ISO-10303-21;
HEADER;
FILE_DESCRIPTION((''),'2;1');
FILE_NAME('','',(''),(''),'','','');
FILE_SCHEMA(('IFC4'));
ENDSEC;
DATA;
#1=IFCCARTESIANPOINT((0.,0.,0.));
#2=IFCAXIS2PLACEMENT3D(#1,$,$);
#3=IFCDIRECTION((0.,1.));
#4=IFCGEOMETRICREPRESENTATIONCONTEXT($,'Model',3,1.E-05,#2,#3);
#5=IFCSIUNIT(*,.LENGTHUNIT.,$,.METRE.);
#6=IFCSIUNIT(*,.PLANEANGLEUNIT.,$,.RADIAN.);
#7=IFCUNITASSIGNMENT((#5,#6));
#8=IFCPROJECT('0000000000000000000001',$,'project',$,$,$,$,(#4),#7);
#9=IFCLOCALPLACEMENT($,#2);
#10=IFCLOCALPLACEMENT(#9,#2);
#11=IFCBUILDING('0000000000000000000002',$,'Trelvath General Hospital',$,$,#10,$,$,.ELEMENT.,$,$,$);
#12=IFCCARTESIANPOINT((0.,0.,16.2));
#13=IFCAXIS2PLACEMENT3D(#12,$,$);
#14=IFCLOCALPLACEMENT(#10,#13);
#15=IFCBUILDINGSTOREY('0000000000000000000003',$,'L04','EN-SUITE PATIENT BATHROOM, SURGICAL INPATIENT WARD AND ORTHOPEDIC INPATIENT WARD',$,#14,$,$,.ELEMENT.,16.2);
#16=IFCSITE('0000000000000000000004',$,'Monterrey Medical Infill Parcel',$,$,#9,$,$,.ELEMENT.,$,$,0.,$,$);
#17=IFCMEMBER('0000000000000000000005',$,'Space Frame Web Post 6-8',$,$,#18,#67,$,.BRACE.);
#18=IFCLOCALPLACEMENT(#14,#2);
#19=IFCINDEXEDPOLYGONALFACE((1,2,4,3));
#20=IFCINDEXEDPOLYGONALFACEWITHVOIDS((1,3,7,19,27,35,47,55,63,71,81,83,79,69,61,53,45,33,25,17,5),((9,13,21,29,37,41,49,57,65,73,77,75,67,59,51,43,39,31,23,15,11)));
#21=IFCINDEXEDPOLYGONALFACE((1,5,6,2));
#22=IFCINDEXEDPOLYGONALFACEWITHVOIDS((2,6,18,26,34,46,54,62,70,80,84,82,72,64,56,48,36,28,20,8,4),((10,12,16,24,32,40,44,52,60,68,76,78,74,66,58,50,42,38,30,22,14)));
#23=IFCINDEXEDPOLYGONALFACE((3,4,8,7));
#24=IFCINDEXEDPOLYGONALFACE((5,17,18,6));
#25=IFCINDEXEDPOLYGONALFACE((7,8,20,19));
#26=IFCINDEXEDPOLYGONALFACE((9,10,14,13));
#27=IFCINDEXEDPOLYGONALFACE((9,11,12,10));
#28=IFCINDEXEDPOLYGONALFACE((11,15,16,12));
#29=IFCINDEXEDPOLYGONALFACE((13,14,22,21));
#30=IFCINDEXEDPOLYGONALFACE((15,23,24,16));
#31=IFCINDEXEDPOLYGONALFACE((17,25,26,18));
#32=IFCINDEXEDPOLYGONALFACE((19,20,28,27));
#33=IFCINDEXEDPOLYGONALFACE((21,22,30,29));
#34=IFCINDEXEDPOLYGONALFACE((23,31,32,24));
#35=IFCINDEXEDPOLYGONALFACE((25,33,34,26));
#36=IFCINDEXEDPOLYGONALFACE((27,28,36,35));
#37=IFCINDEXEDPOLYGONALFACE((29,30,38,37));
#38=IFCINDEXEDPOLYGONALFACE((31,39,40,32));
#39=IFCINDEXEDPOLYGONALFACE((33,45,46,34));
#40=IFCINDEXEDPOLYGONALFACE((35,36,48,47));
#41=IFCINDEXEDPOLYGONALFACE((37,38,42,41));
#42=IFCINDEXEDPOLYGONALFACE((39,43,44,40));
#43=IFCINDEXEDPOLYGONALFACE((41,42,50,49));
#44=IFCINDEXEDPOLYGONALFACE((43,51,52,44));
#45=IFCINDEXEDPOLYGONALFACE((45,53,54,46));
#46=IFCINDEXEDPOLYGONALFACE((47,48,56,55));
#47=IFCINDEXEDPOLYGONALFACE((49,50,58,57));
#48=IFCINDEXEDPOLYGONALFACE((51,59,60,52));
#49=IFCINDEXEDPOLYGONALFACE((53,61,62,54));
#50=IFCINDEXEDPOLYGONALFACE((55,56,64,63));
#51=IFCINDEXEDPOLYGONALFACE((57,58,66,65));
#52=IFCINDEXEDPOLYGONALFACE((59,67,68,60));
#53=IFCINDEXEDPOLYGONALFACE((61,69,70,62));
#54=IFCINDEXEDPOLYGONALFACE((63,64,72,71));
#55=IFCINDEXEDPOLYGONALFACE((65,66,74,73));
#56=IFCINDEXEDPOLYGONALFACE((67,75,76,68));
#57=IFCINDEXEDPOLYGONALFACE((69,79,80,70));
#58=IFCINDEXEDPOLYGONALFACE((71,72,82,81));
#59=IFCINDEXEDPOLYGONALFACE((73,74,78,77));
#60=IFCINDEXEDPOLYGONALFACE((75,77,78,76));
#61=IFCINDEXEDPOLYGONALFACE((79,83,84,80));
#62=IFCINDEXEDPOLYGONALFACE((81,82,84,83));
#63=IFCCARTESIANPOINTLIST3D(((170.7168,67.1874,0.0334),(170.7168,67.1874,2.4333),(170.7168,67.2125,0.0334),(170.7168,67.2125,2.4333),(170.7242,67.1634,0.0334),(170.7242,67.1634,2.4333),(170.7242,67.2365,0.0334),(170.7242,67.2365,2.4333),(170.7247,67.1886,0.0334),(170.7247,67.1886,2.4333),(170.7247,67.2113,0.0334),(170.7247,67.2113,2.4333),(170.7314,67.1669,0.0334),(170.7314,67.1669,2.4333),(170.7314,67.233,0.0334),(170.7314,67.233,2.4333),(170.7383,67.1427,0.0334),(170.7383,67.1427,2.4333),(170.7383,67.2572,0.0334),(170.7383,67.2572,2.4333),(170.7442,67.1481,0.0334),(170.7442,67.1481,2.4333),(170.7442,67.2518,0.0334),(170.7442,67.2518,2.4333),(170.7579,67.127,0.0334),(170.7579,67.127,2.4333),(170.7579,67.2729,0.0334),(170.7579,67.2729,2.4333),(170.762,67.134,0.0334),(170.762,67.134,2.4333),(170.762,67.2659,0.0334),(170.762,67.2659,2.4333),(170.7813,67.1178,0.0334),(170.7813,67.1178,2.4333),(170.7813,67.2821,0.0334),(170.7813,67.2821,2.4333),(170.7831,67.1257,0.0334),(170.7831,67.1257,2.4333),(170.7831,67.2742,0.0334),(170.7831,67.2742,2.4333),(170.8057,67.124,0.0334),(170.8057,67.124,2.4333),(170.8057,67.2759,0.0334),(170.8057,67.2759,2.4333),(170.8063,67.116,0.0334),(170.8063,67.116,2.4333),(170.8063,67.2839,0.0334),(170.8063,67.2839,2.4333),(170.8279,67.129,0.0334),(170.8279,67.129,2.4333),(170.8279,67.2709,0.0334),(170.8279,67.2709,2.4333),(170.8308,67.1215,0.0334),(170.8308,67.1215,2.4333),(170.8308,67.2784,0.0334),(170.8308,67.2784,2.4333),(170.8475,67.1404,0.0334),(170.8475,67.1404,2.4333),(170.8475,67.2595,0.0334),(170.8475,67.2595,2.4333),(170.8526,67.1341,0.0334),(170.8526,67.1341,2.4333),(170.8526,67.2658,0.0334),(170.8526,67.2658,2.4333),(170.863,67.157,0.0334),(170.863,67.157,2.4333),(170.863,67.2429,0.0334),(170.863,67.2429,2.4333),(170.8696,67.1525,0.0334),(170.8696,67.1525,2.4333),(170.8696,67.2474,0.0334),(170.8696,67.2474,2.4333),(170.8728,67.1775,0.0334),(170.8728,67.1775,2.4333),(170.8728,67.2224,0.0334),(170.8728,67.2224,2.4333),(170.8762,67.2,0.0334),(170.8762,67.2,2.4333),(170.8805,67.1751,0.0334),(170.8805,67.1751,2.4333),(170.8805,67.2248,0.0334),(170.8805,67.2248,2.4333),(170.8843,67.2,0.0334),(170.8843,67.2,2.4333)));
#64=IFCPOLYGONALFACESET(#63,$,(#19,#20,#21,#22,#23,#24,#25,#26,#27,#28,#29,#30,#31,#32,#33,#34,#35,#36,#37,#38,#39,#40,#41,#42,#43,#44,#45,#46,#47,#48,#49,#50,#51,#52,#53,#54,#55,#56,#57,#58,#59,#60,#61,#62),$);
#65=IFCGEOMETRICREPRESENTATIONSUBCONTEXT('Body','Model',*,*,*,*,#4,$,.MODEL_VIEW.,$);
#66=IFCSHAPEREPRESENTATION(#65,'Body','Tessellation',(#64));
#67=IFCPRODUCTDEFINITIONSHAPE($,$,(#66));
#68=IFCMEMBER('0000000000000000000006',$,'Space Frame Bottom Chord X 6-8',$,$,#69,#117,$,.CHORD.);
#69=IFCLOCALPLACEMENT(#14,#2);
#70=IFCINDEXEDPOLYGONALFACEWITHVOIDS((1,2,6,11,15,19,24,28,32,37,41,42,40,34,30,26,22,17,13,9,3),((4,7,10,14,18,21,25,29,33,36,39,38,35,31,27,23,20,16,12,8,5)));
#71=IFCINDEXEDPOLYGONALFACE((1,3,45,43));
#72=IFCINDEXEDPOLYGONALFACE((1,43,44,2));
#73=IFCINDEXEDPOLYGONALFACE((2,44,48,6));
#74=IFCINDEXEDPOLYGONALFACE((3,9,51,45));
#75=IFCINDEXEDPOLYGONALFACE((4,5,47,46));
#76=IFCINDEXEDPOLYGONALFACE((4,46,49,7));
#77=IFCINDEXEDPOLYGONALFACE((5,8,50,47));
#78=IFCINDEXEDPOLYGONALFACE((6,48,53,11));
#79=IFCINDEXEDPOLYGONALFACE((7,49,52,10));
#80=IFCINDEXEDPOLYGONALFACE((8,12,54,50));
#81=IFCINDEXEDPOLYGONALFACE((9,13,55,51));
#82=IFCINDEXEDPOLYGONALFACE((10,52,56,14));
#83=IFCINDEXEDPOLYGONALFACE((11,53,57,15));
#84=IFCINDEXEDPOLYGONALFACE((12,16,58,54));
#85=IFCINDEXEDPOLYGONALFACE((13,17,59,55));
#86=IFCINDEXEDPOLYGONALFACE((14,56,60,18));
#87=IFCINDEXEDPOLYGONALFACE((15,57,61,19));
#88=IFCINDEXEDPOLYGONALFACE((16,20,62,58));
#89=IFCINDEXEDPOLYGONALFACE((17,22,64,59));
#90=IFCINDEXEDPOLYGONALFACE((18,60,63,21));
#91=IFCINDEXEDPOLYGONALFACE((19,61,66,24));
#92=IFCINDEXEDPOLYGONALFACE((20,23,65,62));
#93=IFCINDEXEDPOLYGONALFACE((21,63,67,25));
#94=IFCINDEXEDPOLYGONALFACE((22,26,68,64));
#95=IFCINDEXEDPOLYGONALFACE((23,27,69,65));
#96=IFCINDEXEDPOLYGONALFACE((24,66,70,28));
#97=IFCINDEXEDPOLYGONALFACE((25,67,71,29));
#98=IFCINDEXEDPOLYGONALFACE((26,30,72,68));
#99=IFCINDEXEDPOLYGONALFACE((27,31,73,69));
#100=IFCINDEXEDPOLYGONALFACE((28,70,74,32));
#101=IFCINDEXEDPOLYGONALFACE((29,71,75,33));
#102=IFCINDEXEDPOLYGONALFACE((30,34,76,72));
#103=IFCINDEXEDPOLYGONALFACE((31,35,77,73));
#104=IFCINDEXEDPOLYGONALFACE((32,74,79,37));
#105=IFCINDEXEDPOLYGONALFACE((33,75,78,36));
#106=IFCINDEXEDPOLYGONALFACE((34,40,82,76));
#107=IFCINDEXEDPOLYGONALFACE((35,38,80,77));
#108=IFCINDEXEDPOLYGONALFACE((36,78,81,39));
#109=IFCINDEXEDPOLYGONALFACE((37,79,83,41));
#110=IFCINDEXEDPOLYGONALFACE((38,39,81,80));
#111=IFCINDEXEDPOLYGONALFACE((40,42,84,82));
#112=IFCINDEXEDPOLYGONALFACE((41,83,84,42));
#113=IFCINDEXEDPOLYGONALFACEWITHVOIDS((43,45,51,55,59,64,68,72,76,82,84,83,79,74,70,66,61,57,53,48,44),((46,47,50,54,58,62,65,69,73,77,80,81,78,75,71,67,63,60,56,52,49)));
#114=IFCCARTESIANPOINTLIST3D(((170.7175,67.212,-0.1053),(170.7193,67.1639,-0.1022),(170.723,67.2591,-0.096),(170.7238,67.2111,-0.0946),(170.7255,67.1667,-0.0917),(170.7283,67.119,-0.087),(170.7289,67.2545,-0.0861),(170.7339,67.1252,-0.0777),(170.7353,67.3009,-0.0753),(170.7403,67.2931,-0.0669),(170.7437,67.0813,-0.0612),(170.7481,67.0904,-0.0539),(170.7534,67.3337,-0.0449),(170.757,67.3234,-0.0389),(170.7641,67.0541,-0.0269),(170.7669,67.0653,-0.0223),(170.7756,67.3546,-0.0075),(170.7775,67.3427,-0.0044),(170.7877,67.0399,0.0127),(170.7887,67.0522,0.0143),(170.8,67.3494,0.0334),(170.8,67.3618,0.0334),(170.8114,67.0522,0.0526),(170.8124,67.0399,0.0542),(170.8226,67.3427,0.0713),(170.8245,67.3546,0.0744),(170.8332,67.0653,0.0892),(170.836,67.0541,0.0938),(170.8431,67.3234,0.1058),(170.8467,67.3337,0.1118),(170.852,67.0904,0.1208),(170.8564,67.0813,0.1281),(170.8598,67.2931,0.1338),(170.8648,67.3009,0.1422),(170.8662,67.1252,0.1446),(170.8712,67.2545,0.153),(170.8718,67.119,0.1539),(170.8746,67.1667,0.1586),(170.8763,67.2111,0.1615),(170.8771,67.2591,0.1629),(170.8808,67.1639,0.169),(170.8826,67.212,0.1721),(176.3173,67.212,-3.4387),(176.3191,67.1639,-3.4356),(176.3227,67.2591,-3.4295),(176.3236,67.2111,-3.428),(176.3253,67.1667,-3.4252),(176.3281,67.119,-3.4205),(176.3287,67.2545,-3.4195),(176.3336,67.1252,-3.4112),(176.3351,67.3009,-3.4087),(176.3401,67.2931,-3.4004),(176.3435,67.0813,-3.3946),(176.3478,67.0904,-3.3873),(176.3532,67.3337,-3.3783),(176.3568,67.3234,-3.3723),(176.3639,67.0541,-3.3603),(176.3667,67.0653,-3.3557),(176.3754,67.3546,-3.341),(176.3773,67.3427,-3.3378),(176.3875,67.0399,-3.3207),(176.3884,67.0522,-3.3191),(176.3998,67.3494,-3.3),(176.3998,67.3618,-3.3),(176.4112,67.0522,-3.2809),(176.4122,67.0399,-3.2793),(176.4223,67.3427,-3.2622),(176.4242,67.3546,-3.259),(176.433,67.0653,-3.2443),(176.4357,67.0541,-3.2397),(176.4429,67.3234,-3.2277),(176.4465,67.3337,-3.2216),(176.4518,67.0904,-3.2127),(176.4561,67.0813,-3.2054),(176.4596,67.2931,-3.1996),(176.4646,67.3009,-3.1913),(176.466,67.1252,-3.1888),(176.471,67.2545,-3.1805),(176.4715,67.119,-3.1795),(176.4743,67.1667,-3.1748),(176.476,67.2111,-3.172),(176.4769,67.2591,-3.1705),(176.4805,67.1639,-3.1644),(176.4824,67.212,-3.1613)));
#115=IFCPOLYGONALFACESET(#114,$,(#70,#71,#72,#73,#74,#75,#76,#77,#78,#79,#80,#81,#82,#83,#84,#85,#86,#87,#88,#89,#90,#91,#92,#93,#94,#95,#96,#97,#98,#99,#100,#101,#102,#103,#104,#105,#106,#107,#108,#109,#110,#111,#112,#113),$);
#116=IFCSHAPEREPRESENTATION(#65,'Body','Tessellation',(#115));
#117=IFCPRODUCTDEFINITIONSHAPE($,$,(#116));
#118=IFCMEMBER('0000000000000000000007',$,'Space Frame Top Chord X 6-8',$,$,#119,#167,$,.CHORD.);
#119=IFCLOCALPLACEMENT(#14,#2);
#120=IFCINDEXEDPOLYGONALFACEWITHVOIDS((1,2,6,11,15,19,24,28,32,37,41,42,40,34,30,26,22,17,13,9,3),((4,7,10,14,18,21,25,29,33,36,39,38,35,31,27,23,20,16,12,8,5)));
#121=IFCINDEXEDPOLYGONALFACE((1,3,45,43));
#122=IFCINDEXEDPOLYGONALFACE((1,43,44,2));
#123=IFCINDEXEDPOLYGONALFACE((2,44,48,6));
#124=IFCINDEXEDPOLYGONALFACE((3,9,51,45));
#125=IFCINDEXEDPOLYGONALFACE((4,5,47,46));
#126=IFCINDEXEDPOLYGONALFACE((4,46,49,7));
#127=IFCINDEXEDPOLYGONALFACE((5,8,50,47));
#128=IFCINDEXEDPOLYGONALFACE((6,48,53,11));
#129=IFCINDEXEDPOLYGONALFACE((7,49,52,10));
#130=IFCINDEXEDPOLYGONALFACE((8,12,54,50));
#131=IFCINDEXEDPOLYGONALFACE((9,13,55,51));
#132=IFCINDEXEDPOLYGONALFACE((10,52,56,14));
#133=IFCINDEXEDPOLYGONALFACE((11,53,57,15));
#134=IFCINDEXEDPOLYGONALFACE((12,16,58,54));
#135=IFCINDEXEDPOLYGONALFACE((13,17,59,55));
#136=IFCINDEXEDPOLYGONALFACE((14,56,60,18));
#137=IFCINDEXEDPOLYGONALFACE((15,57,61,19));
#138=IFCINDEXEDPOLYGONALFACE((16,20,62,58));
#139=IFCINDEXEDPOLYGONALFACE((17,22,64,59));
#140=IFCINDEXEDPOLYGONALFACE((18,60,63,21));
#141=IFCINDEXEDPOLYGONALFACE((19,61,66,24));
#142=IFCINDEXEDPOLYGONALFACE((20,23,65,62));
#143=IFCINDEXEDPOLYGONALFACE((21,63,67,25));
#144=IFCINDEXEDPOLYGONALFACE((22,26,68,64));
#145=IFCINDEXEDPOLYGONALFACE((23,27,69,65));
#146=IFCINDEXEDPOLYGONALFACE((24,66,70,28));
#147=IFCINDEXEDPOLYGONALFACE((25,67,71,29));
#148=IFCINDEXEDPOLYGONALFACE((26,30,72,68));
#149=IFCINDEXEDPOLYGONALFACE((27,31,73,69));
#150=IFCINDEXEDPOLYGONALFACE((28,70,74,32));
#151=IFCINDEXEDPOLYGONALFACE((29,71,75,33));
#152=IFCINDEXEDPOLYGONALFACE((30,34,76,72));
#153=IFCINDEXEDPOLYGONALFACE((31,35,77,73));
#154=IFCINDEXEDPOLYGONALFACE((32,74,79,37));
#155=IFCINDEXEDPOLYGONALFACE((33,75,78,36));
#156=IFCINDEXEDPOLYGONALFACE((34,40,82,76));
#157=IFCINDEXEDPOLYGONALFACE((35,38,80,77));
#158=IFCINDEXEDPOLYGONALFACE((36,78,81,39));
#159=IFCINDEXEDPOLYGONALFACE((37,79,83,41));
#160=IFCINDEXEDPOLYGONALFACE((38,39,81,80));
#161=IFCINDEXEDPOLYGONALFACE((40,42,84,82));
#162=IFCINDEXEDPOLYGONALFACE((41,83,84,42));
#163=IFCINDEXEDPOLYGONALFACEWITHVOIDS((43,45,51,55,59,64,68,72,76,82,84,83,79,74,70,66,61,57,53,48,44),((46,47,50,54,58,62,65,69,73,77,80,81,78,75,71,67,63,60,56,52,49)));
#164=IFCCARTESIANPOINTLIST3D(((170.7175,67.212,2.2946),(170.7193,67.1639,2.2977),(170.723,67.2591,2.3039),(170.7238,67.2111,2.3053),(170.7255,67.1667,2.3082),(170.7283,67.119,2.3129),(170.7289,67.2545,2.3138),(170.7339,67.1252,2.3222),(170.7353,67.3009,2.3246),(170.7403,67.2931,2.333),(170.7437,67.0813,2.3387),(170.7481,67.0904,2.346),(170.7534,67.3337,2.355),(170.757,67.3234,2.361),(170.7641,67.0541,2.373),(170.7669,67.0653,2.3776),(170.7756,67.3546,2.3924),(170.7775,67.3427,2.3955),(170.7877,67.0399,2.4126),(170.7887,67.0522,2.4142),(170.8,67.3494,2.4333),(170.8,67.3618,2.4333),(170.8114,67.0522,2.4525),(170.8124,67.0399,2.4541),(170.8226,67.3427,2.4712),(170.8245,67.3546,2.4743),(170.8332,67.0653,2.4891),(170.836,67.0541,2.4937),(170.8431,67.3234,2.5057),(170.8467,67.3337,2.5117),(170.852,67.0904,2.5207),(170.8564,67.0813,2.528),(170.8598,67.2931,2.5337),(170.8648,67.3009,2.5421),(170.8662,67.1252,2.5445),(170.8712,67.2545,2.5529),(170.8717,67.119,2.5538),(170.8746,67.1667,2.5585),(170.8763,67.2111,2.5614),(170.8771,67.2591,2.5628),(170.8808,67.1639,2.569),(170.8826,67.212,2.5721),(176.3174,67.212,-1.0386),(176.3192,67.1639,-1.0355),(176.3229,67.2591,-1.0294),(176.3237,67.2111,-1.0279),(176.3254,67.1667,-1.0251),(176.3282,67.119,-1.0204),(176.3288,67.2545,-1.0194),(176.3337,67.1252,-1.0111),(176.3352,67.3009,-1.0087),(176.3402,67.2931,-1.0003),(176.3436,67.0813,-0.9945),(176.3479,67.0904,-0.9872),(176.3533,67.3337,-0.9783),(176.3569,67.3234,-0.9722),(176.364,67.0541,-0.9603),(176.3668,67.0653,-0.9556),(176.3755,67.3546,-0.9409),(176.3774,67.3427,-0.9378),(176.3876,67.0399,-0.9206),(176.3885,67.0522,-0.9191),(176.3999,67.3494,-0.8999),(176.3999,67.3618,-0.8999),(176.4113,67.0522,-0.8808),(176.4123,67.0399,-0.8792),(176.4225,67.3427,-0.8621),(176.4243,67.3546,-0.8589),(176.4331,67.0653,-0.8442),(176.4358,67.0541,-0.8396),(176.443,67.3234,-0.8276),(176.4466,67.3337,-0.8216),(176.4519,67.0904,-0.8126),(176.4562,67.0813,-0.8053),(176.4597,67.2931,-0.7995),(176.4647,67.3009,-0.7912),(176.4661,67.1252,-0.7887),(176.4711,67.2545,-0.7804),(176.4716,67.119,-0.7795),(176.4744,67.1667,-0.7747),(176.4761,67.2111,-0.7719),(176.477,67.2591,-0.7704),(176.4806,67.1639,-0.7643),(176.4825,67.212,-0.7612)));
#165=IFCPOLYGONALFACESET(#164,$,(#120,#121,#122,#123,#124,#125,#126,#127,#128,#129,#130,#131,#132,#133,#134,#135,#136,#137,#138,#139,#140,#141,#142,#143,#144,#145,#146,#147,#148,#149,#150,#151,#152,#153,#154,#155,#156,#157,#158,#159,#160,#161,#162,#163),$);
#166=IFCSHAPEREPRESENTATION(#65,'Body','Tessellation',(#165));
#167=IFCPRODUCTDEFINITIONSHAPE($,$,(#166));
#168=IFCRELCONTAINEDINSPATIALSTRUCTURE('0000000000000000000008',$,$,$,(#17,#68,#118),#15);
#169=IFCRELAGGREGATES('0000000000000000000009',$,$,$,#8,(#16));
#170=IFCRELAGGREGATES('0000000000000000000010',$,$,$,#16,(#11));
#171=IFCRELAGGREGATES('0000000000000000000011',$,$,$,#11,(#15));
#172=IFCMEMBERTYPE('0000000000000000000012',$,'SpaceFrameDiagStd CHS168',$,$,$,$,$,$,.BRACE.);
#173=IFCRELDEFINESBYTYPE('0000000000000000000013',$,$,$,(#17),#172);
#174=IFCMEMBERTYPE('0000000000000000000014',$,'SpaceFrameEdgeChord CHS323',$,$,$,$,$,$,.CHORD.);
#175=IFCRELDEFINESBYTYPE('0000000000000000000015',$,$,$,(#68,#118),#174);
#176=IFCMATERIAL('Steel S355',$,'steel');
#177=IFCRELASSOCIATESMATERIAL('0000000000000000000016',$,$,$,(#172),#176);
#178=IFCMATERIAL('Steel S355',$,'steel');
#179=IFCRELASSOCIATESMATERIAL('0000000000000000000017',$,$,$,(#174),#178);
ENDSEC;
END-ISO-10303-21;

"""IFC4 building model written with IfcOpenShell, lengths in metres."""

from ifc_helpers import new_model, si_unit, direction, frame, origin, origin_2d, place, context, subcontext, project, spatial, hollow_circle, extrude, material, material_profile, profile_set, type_object, element, save


model = new_model("IFC4")

# Units and contexts
model_context = context("Model", 3, precision=1e-05, world=origin(), true_north=direction((0.0, 1.0)))
body_context = subcontext(model_context, "Body", "Model", "MODEL_VIEW")
ifc_project = project(units=[si_unit("LENGTHUNIT", "METRE"), si_unit("PLANEANGLEUNIT", "RADIAN")], contexts=[model_context])

# Site, building, storey
site_placement = place(None, origin())
site = spatial("IfcSite", under=ifc_project, at=site_placement, Name="Monterrey Medical Infill Parcel", CompositionType="ELEMENT", RefElevation=0.0)
building_placement = place(site_placement, origin())
building = spatial("IfcBuilding", under=site, at=building_placement, Name="Trelvath General Hospital", CompositionType="ELEMENT")
storey_placement = place(building_placement, frame((0.0, 0.0, 16.2)))
storey = spatial("IfcBuildingStorey", under=building, at=storey_placement, Name="L04", Description="EN-SUITE PATIENT BATHROOM, SURGICAL INPATIENT WARD AND ORTHOPEDIC INPATIENT WARD", CompositionType="ELEMENT", Elevation=16.2)

# Members
ifc_material_1 = material(Name="Steel S355", Category="steel")
ifc_material_profile_1 = material_profile(ifc_material_1, hollow_circle(Radius=0.0842, WallThickness=0.0081, at=origin_2d()), Name="CHS168.3x8.0")
ifc_profile_set_1 = profile_set([ifc_material_profile_1], Name="Steel S355")
member_type_1 = type_object("IfcMemberType", Name="SpaceFrameDiagStd CHS168", PredefinedType="BRACE", material=ifc_profile_set_1)
for number, where, z_axis, x_axis, name in (
    (1, (170.8, 67.2, 0.0334), (0.0, 0.0, 1.0), (1.0, 0.0, 0.0), "Space Frame Web Post 6-8"),
):
    element("IfcMember", number, at=place(storey_placement, frame(where, z_axis=z_axis, x_axis=x_axis)), inside=storey, type_object=member_type_1, Name=name, PredefinedType="BRACE", context=body_context, shape_type="SweptSolid", body=[
        extrude(hollow_circle(Radius=0.0842, WallThickness=0.0081, at=origin_2d()), origin(), (0.0, 0.0, 1.0), 2.3999),
    ])
ifc_material_2 = material(Name="Steel S355", Category="steel")
ifc_material_profile_2 = material_profile(ifc_material_2, hollow_circle(Radius=0.1619, WallThickness=0.0125, at=origin_2d()), Name="CHS323.9x12.5")
ifc_profile_set_2 = profile_set([ifc_material_profile_2], Name="Steel S355")
member_type_2 = type_object("IfcMemberType", Name="SpaceFrameEdgeChord CHS323", PredefinedType="CHORD", material=ifc_profile_set_2)
for number, where, z_axis, x_axis, name in (
    (2, (170.8, 67.2, 0.0334), (0.859276, 0.0, -0.511512), (0.0, 1.0, 0.0), "Space Frame Bottom Chord X 6-8"),
    (3, (170.8, 67.2, 2.4333), (0.859292, 0.0, -0.511485), (0.0, 1.0, 0.0), "Space Frame Top Chord X 6-8"),
):
    element("IfcMember", number, at=place(storey_placement, frame(where, z_axis=z_axis, x_axis=x_axis)), inside=storey, type_object=member_type_2, Name=name, PredefinedType="CHORD", context=body_context, shape_type="SweptSolid", body=[
        extrude(hollow_circle(Radius=0.1619, WallThickness=0.0125, at=origin_2d()), origin(), (0.0, 0.0, 1.0), 6.5168),
    ])

save(model, "model.ifc")
